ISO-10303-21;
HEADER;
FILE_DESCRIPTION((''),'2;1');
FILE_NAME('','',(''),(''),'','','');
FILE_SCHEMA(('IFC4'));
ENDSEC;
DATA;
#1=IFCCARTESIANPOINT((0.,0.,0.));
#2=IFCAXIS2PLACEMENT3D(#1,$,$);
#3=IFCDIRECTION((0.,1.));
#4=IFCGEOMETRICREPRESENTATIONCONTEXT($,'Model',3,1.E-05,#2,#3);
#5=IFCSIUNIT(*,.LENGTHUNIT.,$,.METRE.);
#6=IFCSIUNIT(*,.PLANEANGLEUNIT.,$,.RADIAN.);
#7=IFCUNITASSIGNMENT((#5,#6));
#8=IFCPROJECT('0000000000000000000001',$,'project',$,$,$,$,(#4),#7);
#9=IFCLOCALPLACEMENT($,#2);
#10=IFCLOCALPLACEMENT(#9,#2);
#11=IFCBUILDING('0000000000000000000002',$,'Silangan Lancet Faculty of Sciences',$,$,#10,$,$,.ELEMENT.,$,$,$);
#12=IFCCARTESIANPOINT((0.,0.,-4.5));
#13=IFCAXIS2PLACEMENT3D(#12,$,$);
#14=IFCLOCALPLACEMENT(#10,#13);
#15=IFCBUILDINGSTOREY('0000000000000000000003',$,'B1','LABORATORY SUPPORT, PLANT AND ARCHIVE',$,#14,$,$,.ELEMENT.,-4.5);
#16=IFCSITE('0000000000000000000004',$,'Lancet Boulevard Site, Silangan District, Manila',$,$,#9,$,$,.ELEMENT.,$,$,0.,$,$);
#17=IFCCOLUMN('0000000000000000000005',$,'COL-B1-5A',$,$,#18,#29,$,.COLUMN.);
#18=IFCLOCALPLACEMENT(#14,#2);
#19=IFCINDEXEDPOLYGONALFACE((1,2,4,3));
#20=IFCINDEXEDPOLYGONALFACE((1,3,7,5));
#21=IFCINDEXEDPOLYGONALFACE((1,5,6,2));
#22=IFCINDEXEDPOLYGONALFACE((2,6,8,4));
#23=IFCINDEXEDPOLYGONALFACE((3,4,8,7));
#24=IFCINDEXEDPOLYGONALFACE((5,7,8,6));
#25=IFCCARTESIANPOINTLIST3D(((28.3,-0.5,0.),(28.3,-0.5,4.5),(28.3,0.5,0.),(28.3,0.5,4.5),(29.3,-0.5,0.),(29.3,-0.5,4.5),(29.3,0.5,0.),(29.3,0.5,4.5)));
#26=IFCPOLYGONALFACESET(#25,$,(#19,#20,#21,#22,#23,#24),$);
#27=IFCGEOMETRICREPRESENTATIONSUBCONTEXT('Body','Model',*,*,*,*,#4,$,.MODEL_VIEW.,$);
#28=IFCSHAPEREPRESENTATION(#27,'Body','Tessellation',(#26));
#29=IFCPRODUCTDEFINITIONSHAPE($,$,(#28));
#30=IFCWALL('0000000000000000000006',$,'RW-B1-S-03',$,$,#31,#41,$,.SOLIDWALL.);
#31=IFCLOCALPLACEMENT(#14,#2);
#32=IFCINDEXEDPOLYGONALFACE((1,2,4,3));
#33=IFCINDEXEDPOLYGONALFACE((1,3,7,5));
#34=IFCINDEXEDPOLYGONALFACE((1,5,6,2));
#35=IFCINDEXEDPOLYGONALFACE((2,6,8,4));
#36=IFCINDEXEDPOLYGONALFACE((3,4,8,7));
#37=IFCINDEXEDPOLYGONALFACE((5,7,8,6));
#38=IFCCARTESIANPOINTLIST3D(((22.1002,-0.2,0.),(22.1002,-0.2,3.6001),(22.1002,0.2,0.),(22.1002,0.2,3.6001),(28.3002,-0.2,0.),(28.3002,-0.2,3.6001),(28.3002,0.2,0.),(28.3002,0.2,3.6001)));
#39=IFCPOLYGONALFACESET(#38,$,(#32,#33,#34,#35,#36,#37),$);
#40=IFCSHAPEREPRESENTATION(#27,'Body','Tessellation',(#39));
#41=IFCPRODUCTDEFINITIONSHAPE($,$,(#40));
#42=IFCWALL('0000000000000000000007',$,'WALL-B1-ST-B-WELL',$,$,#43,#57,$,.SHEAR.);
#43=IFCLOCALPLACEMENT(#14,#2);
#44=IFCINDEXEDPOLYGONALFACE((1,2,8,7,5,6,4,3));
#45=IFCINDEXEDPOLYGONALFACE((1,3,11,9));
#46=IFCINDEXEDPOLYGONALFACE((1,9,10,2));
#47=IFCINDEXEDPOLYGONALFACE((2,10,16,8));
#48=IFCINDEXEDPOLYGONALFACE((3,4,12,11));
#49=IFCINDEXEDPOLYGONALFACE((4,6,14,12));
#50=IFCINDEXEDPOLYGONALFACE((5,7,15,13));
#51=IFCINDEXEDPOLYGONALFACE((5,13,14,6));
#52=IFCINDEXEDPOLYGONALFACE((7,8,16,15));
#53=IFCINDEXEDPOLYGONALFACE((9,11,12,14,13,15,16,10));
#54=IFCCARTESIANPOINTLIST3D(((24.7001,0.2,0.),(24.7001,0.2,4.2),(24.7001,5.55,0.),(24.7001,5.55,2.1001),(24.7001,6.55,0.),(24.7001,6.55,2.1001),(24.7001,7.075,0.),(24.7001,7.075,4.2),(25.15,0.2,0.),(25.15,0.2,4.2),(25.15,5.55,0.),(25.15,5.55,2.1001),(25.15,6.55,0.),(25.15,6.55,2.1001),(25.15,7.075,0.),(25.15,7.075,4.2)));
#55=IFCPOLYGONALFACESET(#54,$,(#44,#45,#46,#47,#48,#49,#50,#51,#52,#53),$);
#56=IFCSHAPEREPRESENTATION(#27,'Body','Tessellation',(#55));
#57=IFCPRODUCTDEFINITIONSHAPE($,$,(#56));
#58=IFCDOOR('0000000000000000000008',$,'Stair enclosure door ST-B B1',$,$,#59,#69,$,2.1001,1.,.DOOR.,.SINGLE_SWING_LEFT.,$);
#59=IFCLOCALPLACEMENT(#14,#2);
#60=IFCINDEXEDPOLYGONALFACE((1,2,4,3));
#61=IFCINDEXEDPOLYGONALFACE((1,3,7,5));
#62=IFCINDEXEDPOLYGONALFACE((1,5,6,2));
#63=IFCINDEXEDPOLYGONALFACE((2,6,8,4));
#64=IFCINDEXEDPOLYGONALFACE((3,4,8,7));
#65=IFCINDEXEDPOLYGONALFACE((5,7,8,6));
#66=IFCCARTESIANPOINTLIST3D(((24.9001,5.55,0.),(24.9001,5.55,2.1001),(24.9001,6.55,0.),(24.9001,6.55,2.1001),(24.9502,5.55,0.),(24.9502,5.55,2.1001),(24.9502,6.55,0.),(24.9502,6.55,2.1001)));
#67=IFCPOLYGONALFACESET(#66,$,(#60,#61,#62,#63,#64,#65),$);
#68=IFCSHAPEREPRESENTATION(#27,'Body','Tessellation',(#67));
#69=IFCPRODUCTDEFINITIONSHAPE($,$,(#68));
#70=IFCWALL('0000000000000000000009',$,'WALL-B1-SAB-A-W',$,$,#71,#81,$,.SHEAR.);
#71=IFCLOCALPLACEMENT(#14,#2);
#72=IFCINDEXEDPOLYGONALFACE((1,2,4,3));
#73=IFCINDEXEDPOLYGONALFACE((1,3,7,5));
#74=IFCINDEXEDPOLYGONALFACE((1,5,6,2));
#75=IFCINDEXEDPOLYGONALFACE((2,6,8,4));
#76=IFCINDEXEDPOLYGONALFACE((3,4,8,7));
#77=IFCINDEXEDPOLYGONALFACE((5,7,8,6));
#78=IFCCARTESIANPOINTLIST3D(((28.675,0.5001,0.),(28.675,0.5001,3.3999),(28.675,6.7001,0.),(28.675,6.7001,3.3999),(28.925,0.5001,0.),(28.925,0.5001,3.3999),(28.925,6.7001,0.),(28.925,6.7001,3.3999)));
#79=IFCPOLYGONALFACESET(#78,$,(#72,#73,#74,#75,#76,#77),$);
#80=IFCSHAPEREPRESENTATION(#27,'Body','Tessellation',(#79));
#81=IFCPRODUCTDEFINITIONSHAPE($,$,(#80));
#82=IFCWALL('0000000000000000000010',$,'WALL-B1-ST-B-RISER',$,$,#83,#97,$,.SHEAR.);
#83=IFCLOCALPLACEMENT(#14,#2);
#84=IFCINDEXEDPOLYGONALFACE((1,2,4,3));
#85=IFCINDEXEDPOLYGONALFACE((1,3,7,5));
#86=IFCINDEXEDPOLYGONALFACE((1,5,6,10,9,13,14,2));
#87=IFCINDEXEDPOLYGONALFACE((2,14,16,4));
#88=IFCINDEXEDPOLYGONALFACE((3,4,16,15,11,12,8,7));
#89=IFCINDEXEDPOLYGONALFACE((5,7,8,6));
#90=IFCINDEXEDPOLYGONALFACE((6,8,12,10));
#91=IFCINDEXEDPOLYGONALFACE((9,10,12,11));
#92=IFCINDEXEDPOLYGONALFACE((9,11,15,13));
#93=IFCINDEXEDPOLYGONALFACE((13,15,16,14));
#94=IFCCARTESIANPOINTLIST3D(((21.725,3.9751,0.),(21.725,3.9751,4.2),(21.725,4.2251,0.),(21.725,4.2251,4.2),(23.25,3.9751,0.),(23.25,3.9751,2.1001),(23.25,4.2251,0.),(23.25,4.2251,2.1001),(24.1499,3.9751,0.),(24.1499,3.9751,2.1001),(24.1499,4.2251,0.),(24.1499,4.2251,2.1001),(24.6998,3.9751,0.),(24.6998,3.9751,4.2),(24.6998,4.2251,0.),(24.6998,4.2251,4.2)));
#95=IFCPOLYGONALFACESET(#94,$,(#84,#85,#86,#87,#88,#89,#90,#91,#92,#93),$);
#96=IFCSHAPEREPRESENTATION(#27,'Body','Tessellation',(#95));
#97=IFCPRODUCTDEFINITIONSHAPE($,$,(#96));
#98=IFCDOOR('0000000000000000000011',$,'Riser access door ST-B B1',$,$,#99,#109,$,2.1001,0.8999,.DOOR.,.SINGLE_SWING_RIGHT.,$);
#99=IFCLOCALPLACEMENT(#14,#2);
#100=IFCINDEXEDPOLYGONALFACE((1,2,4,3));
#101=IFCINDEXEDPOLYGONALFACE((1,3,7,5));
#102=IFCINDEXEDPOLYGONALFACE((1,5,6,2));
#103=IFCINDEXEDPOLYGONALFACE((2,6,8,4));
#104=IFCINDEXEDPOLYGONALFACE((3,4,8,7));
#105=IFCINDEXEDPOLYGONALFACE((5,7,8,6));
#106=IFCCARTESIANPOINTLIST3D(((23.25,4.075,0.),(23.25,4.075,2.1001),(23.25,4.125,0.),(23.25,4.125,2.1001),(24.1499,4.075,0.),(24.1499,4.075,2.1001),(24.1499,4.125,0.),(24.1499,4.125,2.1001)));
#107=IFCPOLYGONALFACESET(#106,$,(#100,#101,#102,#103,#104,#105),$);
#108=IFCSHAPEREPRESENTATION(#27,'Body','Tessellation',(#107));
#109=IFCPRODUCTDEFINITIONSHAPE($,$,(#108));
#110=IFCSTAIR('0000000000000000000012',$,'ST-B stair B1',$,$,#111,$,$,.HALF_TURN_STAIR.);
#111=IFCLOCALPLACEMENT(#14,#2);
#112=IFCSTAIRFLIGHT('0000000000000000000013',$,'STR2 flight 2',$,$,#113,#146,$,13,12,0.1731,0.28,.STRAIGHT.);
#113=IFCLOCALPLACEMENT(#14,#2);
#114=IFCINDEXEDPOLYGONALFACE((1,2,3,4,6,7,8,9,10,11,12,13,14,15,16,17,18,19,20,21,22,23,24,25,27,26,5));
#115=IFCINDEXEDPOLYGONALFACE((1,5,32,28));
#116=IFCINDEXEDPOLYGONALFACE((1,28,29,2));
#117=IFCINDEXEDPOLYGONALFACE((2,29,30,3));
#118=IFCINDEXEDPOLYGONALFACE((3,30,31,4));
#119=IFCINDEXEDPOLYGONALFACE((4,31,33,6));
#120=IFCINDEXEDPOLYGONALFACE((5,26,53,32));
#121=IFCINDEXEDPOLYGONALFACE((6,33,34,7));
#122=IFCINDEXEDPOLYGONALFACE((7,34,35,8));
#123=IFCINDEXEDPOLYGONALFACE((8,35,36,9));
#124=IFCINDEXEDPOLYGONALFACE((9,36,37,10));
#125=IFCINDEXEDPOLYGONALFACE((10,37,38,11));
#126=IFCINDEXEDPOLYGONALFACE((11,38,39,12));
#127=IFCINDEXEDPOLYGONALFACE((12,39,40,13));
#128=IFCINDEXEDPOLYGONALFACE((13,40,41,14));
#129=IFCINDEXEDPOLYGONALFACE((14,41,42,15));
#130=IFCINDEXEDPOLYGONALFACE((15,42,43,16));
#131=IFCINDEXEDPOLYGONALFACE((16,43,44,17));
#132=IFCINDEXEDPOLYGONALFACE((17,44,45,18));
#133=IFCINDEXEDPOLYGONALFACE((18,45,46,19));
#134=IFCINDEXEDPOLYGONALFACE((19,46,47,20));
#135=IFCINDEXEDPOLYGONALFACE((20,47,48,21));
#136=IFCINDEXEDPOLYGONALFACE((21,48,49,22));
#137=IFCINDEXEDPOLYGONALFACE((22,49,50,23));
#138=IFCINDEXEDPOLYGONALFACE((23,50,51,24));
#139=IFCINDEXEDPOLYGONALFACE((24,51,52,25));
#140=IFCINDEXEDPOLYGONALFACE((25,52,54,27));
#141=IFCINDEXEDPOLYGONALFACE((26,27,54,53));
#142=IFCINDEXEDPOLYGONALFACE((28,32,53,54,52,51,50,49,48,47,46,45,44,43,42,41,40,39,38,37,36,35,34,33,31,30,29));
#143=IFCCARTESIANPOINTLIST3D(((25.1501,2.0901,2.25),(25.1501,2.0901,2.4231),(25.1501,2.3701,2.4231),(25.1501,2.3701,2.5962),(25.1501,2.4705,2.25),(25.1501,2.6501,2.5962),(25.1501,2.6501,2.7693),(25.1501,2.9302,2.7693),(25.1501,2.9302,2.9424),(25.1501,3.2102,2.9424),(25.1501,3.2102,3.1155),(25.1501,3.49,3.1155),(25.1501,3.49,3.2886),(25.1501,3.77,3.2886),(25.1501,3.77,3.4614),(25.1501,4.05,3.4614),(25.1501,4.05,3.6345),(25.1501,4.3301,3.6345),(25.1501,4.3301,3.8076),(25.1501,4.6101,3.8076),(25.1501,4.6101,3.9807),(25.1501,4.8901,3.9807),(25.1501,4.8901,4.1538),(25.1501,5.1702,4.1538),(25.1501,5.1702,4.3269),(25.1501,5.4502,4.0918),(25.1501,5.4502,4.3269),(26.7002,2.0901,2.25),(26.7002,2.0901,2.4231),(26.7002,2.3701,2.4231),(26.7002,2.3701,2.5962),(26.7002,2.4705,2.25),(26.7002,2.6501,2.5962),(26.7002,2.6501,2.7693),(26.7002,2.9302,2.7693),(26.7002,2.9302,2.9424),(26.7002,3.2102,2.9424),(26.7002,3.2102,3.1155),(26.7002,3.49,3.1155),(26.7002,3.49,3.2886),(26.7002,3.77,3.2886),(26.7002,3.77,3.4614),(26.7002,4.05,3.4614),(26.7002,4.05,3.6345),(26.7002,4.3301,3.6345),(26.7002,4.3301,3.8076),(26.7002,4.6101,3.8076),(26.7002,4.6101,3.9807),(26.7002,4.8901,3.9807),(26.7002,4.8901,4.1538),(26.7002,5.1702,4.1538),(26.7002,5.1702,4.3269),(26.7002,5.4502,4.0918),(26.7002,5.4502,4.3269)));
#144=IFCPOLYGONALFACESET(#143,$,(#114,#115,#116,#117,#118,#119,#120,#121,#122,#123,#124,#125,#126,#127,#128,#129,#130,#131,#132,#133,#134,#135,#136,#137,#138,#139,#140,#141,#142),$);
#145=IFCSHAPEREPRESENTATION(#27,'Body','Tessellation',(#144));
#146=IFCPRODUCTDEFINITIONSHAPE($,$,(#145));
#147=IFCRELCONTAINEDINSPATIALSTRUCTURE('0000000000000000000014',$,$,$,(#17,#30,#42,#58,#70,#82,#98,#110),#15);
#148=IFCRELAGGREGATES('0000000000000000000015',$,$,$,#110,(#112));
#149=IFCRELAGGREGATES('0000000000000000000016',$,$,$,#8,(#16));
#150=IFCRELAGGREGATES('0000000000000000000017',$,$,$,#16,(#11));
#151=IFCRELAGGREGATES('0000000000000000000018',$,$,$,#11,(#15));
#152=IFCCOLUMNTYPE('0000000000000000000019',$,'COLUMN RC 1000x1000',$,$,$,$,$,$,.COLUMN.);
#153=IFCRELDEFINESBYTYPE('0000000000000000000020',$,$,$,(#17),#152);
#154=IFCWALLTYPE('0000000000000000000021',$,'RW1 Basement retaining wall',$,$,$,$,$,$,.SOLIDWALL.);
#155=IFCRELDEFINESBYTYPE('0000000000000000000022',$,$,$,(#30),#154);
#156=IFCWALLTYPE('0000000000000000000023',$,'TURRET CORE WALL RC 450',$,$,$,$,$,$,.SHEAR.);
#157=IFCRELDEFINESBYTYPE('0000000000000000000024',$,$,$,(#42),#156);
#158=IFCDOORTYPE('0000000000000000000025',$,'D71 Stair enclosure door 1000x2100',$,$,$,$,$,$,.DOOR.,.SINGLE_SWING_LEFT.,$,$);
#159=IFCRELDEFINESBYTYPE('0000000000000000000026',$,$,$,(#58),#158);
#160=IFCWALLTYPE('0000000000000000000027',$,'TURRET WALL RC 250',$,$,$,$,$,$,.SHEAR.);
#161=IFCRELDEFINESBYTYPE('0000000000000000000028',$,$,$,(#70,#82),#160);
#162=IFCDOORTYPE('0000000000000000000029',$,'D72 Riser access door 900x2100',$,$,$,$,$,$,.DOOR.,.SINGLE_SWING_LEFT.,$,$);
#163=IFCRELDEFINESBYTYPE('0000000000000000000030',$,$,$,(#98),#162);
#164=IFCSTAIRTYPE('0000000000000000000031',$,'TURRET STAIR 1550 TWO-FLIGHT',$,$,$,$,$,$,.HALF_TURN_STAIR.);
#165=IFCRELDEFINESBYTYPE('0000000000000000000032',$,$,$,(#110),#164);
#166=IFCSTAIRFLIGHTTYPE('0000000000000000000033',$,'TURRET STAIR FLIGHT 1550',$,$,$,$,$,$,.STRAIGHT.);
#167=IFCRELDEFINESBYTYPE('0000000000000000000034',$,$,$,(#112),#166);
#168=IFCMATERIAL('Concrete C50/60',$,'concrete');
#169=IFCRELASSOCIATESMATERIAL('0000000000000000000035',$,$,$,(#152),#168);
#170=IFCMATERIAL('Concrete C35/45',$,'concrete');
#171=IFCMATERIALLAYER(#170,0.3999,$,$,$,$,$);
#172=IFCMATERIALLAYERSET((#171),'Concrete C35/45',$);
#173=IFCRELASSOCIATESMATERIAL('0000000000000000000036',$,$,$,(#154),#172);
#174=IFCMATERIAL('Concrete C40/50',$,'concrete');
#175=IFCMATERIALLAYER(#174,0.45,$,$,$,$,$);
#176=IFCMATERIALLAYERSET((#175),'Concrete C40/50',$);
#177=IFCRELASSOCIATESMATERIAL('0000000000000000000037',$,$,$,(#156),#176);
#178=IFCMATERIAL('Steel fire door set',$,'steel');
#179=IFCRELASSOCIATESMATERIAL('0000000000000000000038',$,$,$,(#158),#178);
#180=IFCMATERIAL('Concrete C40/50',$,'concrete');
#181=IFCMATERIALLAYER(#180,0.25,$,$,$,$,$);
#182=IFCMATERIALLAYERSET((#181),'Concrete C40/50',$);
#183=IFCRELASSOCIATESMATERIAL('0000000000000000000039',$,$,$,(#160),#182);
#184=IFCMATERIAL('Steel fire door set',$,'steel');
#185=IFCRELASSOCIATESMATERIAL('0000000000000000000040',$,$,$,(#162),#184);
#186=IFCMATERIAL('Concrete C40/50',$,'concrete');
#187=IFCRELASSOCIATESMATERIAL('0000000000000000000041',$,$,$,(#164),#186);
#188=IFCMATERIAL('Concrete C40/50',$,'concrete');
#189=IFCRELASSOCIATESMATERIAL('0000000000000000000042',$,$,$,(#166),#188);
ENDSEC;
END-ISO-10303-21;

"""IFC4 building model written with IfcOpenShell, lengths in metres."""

from ifc_helpers import new_model, si_unit, direction, frame, frame_2d, origin, origin_2d, place, context, subcontext, project, spatial, polyline, rectangle, outline, extrude, material, layer, layer_set, material_profile, profile_set, type_object, element, fill, aggregate, save


model = new_model("IFC4")

# Units and contexts
model_context = context("Model", 3, precision=1e-05, world=origin(), true_north=direction((0.0, 1.0)))
body_context = subcontext(model_context, "Body", "Model", "MODEL_VIEW")
ifc_project = project(units=[si_unit("LENGTHUNIT", "METRE"), si_unit("PLANEANGLEUNIT", "RADIAN")], contexts=[model_context])

# Site, building, storey
site_placement = place(None, origin())
site = spatial("IfcSite", under=ifc_project, at=site_placement, Name="Lancet Boulevard Site, Silangan District, Manila", CompositionType="ELEMENT", RefElevation=0.0)
building_placement = place(site_placement, origin())
building = spatial("IfcBuilding", under=site, at=building_placement, Name="Silangan Lancet Faculty of Sciences", CompositionType="ELEMENT")
storey_placement = place(building_placement, frame((0.0, 0.0, -4.5)))
storey = spatial("IfcBuildingStorey", under=building, at=storey_placement, Name="B1", Description="LABORATORY SUPPORT, PLANT AND ARCHIVE", CompositionType="ELEMENT", Elevation=-4.5)

# Column
ifc_material_1 = material(Name="Concrete C50/60", Category="concrete")
ifc_material_profile_1 = material_profile(ifc_material_1, rectangle(XDim=1.0, YDim=1.0, at=origin_2d()), Name="RC 1000x1000")
ifc_profile_set_1 = profile_set([ifc_material_profile_1], Name="Concrete C50/60")
column_type = type_object("IfcColumnType", Name="COLUMN RC 1000x1000", PredefinedType="COLUMN", material=ifc_profile_set_1)
column_placement = place(storey_placement, frame((28.8, 0.0, 0.0), z_axis=(0.0, 0.0, 1.0), x_axis=(1.0, 0.0, 0.0)))
element("IfcColumn", 1, at=column_placement, inside=storey, type_object=column_type, Name="COL-B1-5A", PredefinedType="COLUMN", context=body_context, shape_type="SweptSolid", body=[
    extrude(rectangle(XDim=1.0, YDim=1.0, at=origin_2d()), origin(), (0.0, 0.0, 1.0), 4.5),
])

# Wall
ifc_material_2 = material(Name="Concrete C35/45", Category="concrete")
ifc_layer_1 = layer(ifc_material_2, 0.3999)
ifc_layer_set_1 = layer_set([ifc_layer_1], Name="Concrete C35/45")
wall_type_1 = type_object("IfcWallType", Name="RW1 Basement retaining wall", PredefinedType="SOLIDWALL", material=ifc_layer_set_1)
wall_1_placement = place(storey_placement, frame((22.1001, 0.0, 0.0), z_axis=(0.0, 0.0, 1.0), x_axis=(1.0, 0.0, 0.0)))
element("IfcWall", 2, at=wall_1_placement, inside=storey, type_object=wall_type_1, Name="RW-B1-S-03", PredefinedType="SOLIDWALL", context=body_context, shape_type="SweptSolid", body=[
    extrude(rectangle(XDim=6.2, YDim=0.3999, at=frame_2d((3.1001, 0.0))), origin(), (0.0, 0.0, 1.0), 3.6001),
])

# Wall, opening, door
ifc_material_3 = material(Name="Concrete C40/50", Category="concrete")
ifc_layer_2 = layer(ifc_material_3, 0.45)
ifc_layer_set_2 = layer_set([ifc_layer_2], Name="Concrete C40/50")
wall_type_2 = type_object("IfcWallType", Name="TURRET CORE WALL RC 450", PredefinedType="SHEAR", material=ifc_layer_set_2)
wall_2_placement = place(storey_placement, frame((24.925, 0.2, 0.0), z_axis=(0.0, 0.0, 1.0), x_axis=(0.0, 1.0, 0.0)))
wall_2 = element("IfcWall", 3, at=wall_2_placement, inside=storey, type_object=wall_type_2, Name="WALL-B1-ST-B-WELL", PredefinedType="SHEAR", context=body_context, shape_type="SweptSolid", body=[
    extrude(rectangle(XDim=6.875, YDim=0.45, at=frame_2d((3.4375, 0.0))), origin(), (0.0, 0.0, 1.0), 4.2),
])
opening_1_placement = place(wall_2_placement, frame((5.3501, 0.0, 0.0)))
opening_1 = element("IfcOpeningElement", 4, at=opening_1_placement, cuts=wall_2, PredefinedType="OPENING", context=body_context, shape_type="SweptSolid", body=[
    extrude(rectangle(XDim=1.0, YDim=2.1001, at=frame_2d((0.5, 1.05))), frame((0.0, 0.2349, 0.0), z_axis=(0.0, -1.0, 0.0), x_axis=(1.0, 0.0, 0.0)), (0.0, 0.0, 1.0), 0.47),
])
ifc_material_4 = material(Name="Steel fire door set", Category="steel")
door_type_1 = type_object("IfcDoorType", Name="D71 Stair enclosure door 1000x2100", OperationType="SINGLE_SWING_LEFT", PredefinedType="DOOR", material=ifc_material_4)
door_1_placement = place(opening_1_placement, frame((1.0, 0.0, 0.0), z_axis=(0.0, 0.0, 1.0), x_axis=(-1.0, 0.0, 0.0)))
door_1 = element("IfcDoor", 5, at=door_1_placement, inside=storey, type_object=door_type_1, Name="Stair enclosure door ST-B B1", OperationType="SINGLE_SWING_LEFT", OverallHeight=2.1001, OverallWidth=1.0, PredefinedType="DOOR", context=body_context, shape_type="SweptSolid", body=[
    extrude(rectangle(XDim=1.0, YDim=2.1001, at=frame_2d((0.5, 1.05))), frame((0.0, 0.0251, 0.0), z_axis=(0.0, -1.0, 0.0), x_axis=(1.0, 0.0, 0.0)), (0.0, 0.0, 1.0), 0.05),
])
fill(opening_1, door_1)

# Wall
ifc_material_5 = material(Name="Concrete C40/50", Category="concrete")
ifc_layer_3 = layer(ifc_material_5, 0.25)
ifc_layer_set_3 = layer_set([ifc_layer_3], Name="Concrete C40/50")
wall_type_3 = type_object("IfcWallType", Name="TURRET WALL RC 250", PredefinedType="SHEAR", material=ifc_layer_set_3)
wall_3_placement = place(storey_placement, frame((28.8, 0.5, 0.0), z_axis=(0.0, 0.0, 1.0), x_axis=(0.0, 1.0, 0.0)))
element("IfcWall", 6, at=wall_3_placement, inside=storey, type_object=wall_type_3, Name="WALL-B1-SAB-A-W", PredefinedType="SHEAR", context=body_context, shape_type="SweptSolid", body=[
    extrude(rectangle(XDim=6.2, YDim=0.25, at=frame_2d((3.1001, 0.0))), origin(), (0.0, 0.0, 1.0), 3.3999),
])

# Wall, opening, door
wall_4_placement = place(storey_placement, frame((21.7251, 4.1001, 0.0), z_axis=(0.0, 0.0, 1.0), x_axis=(1.0, 0.0, 0.0)))
wall_4 = element("IfcWall", 7, at=wall_4_placement, inside=storey, type_object=wall_type_3, Name="WALL-B1-ST-B-RISER", PredefinedType="SHEAR", context=body_context, shape_type="SweptSolid", body=[
    extrude(rectangle(XDim=2.9749, YDim=0.25, at=frame_2d((1.4873, 0.0))), origin(), (0.0, 0.0, 1.0), 4.2),
])
opening_2_placement = place(wall_4_placement, frame((1.5249, 0.0, 0.0)))
opening_2 = element("IfcOpeningElement", 8, at=opening_2_placement, cuts=wall_4, PredefinedType="OPENING", context=body_context, shape_type="SweptSolid", body=[
    extrude(rectangle(XDim=0.8999, YDim=2.1001, at=frame_2d((0.45, 1.05))), frame((0.0, 0.135, 0.0), z_axis=(0.0, -1.0, 0.0), x_axis=(1.0, 0.0, 0.0)), (0.0, 0.0, 1.0), 0.27),
])
ifc_material_6 = material(Name="Steel fire door set", Category="steel")
door_type_2 = type_object("IfcDoorType", Name="D72 Riser access door 900x2100", OperationType="SINGLE_SWING_LEFT", PredefinedType="DOOR", material=ifc_material_6)
door_2_placement = place(opening_2_placement, frame((0.8999, 0.0, 0.0), z_axis=(0.0, 0.0, 1.0), x_axis=(-1.0, 0.0, 0.0)))
door_2 = element("IfcDoor", 9, at=door_2_placement, inside=storey, type_object=door_type_2, Name="Riser access door ST-B B1", OperationType="SINGLE_SWING_RIGHT", OverallHeight=2.1001, OverallWidth=0.8999, PredefinedType="DOOR", context=body_context, shape_type="SweptSolid", body=[
    extrude(rectangle(XDim=0.8999, YDim=2.1001, at=frame_2d((0.45, 1.05))), frame((0.0, 0.0251, 0.0), z_axis=(0.0, -1.0, 0.0), x_axis=(1.0, 0.0, 0.0)), (0.0, 0.0, 1.0), 0.05),
])
fill(opening_2, door_2)

# Stair, stair flight
ifc_material_7 = material(Name="Concrete C40/50", Category="concrete")
stair_type = type_object("IfcStairType", Name="TURRET STAIR 1550 TWO-FLIGHT", PredefinedType="HALF_TURN_STAIR", material=ifc_material_7)
stair_placement = place(storey_placement, origin())
stair = element("IfcStair", 10, at=stair_placement, inside=storey, type_object=stair_type, Name="ST-B stair B1", PredefinedType="HALF_TURN_STAIR")
ifc_material_8 = material(Name="Concrete C40/50", Category="concrete")
stair_flight_type = type_object("IfcStairFlightType", Name="TURRET STAIR FLIGHT 1550", PredefinedType="STRAIGHT", material=ifc_material_8)
stair_flight_placement = place(storey_placement, frame((25.925, 2.0901, 2.25), z_axis=(0.0, 0.0, 1.0), x_axis=(0.0, 1.0, 0.0)))
stair_flight = element("IfcStairFlight", 11, at=stair_flight_placement, type_object=stair_flight_type, Name="STR2 flight 2", NumberOfRisers=13, NumberOfTreads=12, PredefinedType="STRAIGHT", RiserHeight=0.1731, TreadLength=0.28, context=body_context, shape_type="SweptSolid", body=[
    extrude(outline(polyline([(0.0, 0.0), (0.0, 0.1731), (0.28, 0.1731), (0.28, 0.3462), (0.5601, 0.3462), (0.5601, 0.5193), (0.8401, 0.5193), (0.8401, 0.6924), (1.1201, 0.6924), (1.1201, 0.8655), (1.3999, 0.8655), (1.3999, 1.0386), (1.6799, 1.0386), (1.6799, 1.2114), (1.96, 1.2114), (1.96, 1.3845), (2.24, 1.3845), (2.24, 1.5576), (2.52, 1.5576), (2.52, 1.7307), (2.8, 1.7307), (2.8, 1.9038), (3.0801, 1.9038), (3.0801, 2.0769), (3.3601, 2.0769), (3.3601, 2.25), (3.3601, 1.8418), (0.3804, 0.0), (0.0, 0.0)])), frame((0.0, 0.7749, 0.0), z_axis=(0.0, -1.0, 0.0), x_axis=(1.0, 0.0, 0.0)), (0.0, 0.0, 1.0), 1.55),
])
aggregate(stair, [stair_flight])

save(model, "model.ifc")
